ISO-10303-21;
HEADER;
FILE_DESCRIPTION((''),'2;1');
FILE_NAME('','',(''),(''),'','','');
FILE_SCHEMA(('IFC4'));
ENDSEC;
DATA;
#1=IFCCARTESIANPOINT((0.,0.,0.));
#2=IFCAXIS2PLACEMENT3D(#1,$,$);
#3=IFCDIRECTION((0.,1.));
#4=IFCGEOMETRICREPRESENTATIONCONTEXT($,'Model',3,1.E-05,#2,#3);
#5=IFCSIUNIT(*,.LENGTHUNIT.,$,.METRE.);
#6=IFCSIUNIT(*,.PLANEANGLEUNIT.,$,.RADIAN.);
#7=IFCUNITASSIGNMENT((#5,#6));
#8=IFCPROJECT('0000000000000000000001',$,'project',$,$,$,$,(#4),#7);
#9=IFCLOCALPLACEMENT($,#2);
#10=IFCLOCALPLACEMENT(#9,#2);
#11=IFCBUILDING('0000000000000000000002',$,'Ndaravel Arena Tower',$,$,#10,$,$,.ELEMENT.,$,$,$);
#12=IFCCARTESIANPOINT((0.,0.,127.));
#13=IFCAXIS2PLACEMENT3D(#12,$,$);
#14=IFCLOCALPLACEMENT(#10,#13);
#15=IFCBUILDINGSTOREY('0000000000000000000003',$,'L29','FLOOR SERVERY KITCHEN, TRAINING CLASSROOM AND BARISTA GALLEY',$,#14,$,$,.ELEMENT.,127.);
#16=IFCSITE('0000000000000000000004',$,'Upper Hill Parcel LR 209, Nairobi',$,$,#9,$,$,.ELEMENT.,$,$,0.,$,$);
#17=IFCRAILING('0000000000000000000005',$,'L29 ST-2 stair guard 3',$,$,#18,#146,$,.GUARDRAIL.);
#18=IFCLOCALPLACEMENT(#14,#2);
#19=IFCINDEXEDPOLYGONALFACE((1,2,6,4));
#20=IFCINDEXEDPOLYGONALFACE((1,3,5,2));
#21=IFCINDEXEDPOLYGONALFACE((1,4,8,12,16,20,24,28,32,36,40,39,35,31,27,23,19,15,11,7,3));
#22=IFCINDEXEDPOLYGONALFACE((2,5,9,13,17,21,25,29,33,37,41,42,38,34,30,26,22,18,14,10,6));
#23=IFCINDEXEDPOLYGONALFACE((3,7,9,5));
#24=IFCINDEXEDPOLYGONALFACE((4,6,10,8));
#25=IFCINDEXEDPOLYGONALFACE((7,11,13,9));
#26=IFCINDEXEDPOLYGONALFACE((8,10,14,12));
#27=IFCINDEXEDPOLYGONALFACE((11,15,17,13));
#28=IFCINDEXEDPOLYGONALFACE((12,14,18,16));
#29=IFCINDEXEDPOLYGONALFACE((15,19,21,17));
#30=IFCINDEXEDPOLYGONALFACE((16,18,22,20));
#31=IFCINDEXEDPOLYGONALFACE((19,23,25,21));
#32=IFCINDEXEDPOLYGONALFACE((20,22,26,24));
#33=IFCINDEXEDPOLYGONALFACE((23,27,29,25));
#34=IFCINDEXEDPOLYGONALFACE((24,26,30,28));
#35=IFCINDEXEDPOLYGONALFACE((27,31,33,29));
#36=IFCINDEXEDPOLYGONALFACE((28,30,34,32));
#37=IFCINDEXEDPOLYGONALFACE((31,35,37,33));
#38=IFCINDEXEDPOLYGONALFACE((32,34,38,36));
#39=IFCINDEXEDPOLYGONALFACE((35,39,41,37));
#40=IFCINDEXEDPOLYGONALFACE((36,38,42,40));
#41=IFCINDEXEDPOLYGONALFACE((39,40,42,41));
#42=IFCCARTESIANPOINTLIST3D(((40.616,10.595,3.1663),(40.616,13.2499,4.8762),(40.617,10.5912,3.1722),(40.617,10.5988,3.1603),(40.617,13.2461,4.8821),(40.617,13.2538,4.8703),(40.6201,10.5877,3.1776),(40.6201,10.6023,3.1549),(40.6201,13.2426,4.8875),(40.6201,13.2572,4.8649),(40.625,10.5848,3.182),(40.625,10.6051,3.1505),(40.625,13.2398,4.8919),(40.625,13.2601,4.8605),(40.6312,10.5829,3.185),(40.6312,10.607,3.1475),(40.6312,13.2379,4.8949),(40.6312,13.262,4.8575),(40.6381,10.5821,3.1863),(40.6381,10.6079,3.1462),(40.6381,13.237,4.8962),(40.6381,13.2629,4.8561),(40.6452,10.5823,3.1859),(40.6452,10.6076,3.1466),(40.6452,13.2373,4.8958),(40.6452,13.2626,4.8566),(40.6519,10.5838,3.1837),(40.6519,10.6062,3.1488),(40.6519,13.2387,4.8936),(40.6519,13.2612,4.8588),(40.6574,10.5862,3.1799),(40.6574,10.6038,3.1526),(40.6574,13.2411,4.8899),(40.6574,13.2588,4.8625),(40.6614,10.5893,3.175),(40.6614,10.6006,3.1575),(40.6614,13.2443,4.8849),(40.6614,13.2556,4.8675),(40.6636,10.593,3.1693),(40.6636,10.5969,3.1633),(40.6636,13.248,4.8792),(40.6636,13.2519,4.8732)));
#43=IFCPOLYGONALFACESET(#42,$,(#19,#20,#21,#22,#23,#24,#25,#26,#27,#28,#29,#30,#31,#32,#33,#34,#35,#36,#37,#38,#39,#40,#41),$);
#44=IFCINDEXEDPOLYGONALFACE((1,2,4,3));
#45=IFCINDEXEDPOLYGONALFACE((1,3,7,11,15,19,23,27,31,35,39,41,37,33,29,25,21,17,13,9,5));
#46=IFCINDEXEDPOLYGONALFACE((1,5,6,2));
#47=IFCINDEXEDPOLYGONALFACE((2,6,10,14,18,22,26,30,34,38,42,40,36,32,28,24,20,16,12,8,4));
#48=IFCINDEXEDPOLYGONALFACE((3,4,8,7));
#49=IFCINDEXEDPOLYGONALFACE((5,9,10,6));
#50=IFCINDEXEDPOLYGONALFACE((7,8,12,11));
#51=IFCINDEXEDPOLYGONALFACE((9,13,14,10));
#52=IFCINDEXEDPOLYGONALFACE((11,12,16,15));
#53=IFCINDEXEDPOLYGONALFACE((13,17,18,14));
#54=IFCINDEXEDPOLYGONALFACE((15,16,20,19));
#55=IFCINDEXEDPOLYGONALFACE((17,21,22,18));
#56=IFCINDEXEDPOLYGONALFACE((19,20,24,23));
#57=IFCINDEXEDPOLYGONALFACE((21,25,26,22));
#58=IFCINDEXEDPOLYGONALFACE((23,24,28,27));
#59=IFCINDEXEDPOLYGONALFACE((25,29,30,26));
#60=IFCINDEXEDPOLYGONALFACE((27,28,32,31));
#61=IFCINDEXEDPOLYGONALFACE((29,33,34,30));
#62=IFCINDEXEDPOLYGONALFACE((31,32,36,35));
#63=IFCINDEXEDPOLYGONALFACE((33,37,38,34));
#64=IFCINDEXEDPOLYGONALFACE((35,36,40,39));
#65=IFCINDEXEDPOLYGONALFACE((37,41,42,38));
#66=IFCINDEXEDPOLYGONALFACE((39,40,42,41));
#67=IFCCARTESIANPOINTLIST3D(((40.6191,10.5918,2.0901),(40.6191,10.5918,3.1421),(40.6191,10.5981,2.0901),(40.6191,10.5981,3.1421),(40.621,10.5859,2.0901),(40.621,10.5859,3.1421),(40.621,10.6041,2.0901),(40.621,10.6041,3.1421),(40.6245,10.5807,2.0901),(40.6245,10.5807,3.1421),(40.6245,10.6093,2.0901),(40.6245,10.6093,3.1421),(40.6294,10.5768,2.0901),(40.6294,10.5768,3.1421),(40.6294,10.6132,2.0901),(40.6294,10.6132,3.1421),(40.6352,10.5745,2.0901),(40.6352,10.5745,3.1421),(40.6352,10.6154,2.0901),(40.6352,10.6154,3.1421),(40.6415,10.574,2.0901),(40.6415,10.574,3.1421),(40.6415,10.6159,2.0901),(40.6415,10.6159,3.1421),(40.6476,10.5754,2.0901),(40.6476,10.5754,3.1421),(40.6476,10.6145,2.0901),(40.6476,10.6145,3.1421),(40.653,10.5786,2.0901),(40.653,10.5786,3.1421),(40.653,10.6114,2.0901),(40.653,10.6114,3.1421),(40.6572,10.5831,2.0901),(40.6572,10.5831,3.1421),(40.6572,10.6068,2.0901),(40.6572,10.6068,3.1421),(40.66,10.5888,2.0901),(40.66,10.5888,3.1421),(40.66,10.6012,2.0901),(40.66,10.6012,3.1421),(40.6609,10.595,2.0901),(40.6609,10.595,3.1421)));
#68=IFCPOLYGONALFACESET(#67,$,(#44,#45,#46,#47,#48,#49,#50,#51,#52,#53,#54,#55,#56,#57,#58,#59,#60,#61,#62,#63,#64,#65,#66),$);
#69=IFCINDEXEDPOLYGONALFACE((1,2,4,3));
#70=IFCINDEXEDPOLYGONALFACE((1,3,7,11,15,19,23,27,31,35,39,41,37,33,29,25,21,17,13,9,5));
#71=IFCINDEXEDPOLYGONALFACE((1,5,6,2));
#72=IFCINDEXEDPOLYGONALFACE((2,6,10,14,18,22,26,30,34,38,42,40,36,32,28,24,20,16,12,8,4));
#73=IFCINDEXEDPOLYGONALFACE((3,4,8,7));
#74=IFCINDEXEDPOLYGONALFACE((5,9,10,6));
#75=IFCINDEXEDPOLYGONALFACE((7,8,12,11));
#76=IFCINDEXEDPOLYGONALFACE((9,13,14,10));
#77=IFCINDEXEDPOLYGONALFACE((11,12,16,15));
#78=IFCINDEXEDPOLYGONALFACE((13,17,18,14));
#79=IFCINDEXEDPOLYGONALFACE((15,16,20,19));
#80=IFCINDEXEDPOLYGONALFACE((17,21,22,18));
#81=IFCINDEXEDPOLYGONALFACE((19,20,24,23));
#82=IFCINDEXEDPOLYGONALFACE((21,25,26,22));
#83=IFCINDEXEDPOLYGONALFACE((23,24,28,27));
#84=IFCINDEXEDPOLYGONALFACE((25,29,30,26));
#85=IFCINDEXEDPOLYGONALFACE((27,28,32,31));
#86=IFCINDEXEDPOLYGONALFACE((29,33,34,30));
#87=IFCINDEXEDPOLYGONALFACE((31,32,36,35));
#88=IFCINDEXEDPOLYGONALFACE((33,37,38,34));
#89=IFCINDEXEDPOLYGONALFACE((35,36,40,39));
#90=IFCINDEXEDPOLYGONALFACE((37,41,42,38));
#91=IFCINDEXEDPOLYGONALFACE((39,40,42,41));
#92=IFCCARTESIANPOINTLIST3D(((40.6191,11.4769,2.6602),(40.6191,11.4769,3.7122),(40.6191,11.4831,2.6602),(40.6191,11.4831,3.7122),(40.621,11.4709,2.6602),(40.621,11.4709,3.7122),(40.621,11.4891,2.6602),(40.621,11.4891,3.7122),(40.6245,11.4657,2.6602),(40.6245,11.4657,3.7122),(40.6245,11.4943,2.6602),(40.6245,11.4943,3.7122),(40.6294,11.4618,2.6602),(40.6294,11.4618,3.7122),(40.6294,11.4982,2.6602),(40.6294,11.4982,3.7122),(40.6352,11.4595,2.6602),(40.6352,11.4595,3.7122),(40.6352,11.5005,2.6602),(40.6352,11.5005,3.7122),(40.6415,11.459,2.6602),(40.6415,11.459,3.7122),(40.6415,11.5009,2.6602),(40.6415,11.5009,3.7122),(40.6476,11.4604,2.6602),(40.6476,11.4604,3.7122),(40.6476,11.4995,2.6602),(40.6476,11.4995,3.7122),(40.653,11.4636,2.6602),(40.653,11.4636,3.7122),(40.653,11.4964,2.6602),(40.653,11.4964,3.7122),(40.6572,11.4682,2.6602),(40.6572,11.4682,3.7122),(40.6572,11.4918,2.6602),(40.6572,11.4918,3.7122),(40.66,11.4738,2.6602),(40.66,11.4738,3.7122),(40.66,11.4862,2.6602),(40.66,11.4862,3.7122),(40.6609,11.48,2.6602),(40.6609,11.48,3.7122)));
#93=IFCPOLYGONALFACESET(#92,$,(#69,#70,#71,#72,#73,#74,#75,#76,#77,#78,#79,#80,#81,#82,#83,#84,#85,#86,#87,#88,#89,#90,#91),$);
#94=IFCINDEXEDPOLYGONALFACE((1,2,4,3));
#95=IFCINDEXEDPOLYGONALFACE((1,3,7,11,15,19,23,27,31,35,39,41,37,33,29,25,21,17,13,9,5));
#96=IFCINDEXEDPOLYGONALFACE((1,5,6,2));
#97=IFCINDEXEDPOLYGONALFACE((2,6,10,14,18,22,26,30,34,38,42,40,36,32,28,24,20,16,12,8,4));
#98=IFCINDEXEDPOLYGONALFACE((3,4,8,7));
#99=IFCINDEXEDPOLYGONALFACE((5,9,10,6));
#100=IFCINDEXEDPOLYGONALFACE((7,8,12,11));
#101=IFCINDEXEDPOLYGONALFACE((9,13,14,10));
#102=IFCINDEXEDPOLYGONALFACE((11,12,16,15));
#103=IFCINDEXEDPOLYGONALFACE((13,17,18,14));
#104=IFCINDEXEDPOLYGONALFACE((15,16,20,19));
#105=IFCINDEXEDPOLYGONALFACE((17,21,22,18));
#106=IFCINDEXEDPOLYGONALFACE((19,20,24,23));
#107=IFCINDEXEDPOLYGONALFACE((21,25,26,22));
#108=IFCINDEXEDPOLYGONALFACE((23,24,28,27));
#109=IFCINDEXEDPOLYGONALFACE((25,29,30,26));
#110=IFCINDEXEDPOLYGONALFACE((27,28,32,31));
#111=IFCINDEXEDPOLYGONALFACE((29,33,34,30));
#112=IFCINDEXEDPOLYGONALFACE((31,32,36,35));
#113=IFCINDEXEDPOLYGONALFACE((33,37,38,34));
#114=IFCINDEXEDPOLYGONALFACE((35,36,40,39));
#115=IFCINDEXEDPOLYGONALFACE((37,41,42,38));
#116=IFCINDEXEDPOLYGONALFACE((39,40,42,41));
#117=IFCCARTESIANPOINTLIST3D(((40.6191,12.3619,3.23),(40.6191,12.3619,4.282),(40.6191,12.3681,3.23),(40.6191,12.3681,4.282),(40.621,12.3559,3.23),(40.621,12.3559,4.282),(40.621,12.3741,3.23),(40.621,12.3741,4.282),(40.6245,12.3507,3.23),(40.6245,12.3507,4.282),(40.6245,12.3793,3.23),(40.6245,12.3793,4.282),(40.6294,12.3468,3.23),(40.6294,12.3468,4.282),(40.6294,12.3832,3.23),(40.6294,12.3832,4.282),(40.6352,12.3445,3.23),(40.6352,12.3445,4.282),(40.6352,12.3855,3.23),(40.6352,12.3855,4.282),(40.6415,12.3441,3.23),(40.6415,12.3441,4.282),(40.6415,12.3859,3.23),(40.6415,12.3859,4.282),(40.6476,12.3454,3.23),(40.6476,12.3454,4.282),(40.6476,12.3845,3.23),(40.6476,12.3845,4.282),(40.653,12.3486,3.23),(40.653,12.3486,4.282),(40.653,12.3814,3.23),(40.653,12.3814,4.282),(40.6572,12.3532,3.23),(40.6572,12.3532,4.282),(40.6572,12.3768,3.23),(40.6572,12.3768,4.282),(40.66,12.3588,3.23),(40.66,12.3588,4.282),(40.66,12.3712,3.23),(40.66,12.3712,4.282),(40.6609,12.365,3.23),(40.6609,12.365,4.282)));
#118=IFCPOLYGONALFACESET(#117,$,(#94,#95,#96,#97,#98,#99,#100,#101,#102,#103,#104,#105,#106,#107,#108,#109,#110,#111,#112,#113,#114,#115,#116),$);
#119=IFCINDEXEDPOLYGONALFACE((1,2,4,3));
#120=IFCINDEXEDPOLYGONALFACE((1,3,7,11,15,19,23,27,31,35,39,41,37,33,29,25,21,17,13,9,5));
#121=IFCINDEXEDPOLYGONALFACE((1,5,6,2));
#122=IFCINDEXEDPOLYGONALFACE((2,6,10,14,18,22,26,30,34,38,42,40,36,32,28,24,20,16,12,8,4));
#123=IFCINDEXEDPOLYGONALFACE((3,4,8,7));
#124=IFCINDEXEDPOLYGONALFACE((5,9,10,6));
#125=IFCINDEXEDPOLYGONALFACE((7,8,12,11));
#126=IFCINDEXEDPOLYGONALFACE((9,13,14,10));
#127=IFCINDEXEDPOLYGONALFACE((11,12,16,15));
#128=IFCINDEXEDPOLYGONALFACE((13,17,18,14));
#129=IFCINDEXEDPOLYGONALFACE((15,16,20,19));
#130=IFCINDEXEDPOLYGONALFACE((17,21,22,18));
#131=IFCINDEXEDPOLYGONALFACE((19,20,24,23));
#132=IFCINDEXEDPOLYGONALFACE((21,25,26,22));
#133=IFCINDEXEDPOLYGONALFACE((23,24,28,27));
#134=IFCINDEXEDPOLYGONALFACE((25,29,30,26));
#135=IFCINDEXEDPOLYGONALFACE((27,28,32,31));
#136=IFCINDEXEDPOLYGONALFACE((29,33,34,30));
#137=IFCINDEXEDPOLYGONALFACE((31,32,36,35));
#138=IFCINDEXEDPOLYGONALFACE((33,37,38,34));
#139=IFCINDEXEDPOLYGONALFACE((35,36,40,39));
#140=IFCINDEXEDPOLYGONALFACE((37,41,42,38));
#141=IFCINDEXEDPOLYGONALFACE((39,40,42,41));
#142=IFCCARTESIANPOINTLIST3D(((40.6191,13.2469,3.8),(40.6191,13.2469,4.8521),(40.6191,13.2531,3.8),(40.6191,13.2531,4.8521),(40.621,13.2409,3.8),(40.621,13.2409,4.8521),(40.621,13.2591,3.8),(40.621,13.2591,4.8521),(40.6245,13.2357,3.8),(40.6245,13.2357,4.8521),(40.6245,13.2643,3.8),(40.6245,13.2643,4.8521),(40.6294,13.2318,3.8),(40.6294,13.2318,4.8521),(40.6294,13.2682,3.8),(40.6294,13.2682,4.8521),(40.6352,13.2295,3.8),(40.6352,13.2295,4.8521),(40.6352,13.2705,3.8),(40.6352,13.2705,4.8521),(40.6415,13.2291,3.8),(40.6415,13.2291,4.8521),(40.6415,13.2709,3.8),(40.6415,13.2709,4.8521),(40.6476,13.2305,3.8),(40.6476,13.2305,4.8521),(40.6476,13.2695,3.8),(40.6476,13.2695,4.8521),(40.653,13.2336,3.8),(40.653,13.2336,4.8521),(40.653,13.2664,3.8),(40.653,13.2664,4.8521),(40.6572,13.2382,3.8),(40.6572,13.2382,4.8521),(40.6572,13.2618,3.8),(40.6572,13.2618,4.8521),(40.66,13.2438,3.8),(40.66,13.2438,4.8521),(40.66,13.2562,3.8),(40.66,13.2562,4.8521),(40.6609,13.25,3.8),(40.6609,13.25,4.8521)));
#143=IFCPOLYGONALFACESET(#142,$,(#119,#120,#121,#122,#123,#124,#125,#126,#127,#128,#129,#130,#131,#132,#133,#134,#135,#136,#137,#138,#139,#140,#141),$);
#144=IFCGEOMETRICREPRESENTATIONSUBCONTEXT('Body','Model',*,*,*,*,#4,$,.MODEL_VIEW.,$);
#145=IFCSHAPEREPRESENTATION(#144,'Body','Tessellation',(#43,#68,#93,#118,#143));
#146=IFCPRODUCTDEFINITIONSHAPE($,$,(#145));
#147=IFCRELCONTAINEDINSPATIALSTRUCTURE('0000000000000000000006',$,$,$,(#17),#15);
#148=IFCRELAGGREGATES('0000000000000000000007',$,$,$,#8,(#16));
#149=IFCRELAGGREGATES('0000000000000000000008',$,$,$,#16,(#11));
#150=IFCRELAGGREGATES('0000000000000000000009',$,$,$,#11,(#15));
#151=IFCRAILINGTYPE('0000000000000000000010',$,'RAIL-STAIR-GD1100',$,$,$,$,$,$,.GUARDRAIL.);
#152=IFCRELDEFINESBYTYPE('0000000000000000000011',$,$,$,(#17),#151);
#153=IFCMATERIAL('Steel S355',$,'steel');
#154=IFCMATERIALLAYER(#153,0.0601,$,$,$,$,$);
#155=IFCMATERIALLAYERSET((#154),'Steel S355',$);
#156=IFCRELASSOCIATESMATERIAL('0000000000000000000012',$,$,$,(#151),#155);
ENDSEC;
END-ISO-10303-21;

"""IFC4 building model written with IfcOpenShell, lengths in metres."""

from ifc_helpers import new_model, si_unit, direction, frame, origin, origin_2d, place, context, subcontext, project, spatial, circle, extrude, material, layer, layer_set, type_object, element, save


model = new_model("IFC4")

# Units and contexts
model_context = context("Model", 3, precision=1e-05, world=origin(), true_north=direction((0.0, 1.0)))
body_context = subcontext(model_context, "Body", "Model", "MODEL_VIEW")
ifc_project = project(units=[si_unit("LENGTHUNIT", "METRE"), si_unit("PLANEANGLEUNIT", "RADIAN")], contexts=[model_context])

# Site, building, storey
site_placement = place(None, origin())
site = spatial("IfcSite", under=ifc_project, at=site_placement, Name="Upper Hill Parcel LR 209, Nairobi", CompositionType="ELEMENT", RefElevation=0.0)
building_placement = place(site_placement, origin())
building = spatial("IfcBuilding", under=site, at=building_placement, Name="Ndaravel Arena Tower", CompositionType="ELEMENT")
storey_placement = place(building_placement, frame((0.0, 0.0, 127.0)))
storey = spatial("IfcBuildingStorey", under=building, at=storey_placement, Name="L29", Description="FLOOR SERVERY KITCHEN, TRAINING CLASSROOM AND BARISTA GALLEY", CompositionType="ELEMENT", Elevation=127.0)

# Railing
ifc_material_1 = material(Name="Steel S355", Category="steel")
ifc_layer_1 = layer(ifc_material_1, 0.0601)
ifc_layer_set_1 = layer_set([ifc_layer_1], Name="Steel S355")
railing_type_1 = type_object("IfcRailingType", Name="RAIL-STAIR-GD1100", PredefinedType="GUARDRAIL", material=ifc_layer_set_1)
railing_1_placement = place(storey_placement, frame((40.6399, 10.595, 2.0901)))
element("IfcRailing", 1, at=railing_1_placement, inside=storey, type_object=railing_type_1, Name="L29 ST-2 stair guard 3", PredefinedType="GUARDRAIL", context=body_context, shape_type="SweptSolid", body=[
    extrude(circle(Radius=0.0239, at=origin_2d()), frame((0.0, 0.0, 1.0762), z_axis=(0.0, 0.840724, 0.541465), x_axis=(-1.0, 0.0, 0.0)), (0.0, 0.0, 1.0), 3.158),
    extrude(circle(Radius=0.021, at=origin_2d()), origin(), (0.0, 0.0, 1.0), 1.052),
    extrude(circle(Radius=0.021, at=origin_2d()), frame((0.0, 0.885, 0.5701)), (0.0, 0.0, 1.0), 1.052),
    extrude(circle(Radius=0.021, at=origin_2d()), frame((0.0, 1.77, 1.1399)), (0.0, 0.0, 1.0), 1.052),
    extrude(circle(Radius=0.021, at=origin_2d()), frame((0.0, 2.655, 1.71)), (0.0, 0.0, 1.0), 1.052),
])

save(model, "model.ifc")
